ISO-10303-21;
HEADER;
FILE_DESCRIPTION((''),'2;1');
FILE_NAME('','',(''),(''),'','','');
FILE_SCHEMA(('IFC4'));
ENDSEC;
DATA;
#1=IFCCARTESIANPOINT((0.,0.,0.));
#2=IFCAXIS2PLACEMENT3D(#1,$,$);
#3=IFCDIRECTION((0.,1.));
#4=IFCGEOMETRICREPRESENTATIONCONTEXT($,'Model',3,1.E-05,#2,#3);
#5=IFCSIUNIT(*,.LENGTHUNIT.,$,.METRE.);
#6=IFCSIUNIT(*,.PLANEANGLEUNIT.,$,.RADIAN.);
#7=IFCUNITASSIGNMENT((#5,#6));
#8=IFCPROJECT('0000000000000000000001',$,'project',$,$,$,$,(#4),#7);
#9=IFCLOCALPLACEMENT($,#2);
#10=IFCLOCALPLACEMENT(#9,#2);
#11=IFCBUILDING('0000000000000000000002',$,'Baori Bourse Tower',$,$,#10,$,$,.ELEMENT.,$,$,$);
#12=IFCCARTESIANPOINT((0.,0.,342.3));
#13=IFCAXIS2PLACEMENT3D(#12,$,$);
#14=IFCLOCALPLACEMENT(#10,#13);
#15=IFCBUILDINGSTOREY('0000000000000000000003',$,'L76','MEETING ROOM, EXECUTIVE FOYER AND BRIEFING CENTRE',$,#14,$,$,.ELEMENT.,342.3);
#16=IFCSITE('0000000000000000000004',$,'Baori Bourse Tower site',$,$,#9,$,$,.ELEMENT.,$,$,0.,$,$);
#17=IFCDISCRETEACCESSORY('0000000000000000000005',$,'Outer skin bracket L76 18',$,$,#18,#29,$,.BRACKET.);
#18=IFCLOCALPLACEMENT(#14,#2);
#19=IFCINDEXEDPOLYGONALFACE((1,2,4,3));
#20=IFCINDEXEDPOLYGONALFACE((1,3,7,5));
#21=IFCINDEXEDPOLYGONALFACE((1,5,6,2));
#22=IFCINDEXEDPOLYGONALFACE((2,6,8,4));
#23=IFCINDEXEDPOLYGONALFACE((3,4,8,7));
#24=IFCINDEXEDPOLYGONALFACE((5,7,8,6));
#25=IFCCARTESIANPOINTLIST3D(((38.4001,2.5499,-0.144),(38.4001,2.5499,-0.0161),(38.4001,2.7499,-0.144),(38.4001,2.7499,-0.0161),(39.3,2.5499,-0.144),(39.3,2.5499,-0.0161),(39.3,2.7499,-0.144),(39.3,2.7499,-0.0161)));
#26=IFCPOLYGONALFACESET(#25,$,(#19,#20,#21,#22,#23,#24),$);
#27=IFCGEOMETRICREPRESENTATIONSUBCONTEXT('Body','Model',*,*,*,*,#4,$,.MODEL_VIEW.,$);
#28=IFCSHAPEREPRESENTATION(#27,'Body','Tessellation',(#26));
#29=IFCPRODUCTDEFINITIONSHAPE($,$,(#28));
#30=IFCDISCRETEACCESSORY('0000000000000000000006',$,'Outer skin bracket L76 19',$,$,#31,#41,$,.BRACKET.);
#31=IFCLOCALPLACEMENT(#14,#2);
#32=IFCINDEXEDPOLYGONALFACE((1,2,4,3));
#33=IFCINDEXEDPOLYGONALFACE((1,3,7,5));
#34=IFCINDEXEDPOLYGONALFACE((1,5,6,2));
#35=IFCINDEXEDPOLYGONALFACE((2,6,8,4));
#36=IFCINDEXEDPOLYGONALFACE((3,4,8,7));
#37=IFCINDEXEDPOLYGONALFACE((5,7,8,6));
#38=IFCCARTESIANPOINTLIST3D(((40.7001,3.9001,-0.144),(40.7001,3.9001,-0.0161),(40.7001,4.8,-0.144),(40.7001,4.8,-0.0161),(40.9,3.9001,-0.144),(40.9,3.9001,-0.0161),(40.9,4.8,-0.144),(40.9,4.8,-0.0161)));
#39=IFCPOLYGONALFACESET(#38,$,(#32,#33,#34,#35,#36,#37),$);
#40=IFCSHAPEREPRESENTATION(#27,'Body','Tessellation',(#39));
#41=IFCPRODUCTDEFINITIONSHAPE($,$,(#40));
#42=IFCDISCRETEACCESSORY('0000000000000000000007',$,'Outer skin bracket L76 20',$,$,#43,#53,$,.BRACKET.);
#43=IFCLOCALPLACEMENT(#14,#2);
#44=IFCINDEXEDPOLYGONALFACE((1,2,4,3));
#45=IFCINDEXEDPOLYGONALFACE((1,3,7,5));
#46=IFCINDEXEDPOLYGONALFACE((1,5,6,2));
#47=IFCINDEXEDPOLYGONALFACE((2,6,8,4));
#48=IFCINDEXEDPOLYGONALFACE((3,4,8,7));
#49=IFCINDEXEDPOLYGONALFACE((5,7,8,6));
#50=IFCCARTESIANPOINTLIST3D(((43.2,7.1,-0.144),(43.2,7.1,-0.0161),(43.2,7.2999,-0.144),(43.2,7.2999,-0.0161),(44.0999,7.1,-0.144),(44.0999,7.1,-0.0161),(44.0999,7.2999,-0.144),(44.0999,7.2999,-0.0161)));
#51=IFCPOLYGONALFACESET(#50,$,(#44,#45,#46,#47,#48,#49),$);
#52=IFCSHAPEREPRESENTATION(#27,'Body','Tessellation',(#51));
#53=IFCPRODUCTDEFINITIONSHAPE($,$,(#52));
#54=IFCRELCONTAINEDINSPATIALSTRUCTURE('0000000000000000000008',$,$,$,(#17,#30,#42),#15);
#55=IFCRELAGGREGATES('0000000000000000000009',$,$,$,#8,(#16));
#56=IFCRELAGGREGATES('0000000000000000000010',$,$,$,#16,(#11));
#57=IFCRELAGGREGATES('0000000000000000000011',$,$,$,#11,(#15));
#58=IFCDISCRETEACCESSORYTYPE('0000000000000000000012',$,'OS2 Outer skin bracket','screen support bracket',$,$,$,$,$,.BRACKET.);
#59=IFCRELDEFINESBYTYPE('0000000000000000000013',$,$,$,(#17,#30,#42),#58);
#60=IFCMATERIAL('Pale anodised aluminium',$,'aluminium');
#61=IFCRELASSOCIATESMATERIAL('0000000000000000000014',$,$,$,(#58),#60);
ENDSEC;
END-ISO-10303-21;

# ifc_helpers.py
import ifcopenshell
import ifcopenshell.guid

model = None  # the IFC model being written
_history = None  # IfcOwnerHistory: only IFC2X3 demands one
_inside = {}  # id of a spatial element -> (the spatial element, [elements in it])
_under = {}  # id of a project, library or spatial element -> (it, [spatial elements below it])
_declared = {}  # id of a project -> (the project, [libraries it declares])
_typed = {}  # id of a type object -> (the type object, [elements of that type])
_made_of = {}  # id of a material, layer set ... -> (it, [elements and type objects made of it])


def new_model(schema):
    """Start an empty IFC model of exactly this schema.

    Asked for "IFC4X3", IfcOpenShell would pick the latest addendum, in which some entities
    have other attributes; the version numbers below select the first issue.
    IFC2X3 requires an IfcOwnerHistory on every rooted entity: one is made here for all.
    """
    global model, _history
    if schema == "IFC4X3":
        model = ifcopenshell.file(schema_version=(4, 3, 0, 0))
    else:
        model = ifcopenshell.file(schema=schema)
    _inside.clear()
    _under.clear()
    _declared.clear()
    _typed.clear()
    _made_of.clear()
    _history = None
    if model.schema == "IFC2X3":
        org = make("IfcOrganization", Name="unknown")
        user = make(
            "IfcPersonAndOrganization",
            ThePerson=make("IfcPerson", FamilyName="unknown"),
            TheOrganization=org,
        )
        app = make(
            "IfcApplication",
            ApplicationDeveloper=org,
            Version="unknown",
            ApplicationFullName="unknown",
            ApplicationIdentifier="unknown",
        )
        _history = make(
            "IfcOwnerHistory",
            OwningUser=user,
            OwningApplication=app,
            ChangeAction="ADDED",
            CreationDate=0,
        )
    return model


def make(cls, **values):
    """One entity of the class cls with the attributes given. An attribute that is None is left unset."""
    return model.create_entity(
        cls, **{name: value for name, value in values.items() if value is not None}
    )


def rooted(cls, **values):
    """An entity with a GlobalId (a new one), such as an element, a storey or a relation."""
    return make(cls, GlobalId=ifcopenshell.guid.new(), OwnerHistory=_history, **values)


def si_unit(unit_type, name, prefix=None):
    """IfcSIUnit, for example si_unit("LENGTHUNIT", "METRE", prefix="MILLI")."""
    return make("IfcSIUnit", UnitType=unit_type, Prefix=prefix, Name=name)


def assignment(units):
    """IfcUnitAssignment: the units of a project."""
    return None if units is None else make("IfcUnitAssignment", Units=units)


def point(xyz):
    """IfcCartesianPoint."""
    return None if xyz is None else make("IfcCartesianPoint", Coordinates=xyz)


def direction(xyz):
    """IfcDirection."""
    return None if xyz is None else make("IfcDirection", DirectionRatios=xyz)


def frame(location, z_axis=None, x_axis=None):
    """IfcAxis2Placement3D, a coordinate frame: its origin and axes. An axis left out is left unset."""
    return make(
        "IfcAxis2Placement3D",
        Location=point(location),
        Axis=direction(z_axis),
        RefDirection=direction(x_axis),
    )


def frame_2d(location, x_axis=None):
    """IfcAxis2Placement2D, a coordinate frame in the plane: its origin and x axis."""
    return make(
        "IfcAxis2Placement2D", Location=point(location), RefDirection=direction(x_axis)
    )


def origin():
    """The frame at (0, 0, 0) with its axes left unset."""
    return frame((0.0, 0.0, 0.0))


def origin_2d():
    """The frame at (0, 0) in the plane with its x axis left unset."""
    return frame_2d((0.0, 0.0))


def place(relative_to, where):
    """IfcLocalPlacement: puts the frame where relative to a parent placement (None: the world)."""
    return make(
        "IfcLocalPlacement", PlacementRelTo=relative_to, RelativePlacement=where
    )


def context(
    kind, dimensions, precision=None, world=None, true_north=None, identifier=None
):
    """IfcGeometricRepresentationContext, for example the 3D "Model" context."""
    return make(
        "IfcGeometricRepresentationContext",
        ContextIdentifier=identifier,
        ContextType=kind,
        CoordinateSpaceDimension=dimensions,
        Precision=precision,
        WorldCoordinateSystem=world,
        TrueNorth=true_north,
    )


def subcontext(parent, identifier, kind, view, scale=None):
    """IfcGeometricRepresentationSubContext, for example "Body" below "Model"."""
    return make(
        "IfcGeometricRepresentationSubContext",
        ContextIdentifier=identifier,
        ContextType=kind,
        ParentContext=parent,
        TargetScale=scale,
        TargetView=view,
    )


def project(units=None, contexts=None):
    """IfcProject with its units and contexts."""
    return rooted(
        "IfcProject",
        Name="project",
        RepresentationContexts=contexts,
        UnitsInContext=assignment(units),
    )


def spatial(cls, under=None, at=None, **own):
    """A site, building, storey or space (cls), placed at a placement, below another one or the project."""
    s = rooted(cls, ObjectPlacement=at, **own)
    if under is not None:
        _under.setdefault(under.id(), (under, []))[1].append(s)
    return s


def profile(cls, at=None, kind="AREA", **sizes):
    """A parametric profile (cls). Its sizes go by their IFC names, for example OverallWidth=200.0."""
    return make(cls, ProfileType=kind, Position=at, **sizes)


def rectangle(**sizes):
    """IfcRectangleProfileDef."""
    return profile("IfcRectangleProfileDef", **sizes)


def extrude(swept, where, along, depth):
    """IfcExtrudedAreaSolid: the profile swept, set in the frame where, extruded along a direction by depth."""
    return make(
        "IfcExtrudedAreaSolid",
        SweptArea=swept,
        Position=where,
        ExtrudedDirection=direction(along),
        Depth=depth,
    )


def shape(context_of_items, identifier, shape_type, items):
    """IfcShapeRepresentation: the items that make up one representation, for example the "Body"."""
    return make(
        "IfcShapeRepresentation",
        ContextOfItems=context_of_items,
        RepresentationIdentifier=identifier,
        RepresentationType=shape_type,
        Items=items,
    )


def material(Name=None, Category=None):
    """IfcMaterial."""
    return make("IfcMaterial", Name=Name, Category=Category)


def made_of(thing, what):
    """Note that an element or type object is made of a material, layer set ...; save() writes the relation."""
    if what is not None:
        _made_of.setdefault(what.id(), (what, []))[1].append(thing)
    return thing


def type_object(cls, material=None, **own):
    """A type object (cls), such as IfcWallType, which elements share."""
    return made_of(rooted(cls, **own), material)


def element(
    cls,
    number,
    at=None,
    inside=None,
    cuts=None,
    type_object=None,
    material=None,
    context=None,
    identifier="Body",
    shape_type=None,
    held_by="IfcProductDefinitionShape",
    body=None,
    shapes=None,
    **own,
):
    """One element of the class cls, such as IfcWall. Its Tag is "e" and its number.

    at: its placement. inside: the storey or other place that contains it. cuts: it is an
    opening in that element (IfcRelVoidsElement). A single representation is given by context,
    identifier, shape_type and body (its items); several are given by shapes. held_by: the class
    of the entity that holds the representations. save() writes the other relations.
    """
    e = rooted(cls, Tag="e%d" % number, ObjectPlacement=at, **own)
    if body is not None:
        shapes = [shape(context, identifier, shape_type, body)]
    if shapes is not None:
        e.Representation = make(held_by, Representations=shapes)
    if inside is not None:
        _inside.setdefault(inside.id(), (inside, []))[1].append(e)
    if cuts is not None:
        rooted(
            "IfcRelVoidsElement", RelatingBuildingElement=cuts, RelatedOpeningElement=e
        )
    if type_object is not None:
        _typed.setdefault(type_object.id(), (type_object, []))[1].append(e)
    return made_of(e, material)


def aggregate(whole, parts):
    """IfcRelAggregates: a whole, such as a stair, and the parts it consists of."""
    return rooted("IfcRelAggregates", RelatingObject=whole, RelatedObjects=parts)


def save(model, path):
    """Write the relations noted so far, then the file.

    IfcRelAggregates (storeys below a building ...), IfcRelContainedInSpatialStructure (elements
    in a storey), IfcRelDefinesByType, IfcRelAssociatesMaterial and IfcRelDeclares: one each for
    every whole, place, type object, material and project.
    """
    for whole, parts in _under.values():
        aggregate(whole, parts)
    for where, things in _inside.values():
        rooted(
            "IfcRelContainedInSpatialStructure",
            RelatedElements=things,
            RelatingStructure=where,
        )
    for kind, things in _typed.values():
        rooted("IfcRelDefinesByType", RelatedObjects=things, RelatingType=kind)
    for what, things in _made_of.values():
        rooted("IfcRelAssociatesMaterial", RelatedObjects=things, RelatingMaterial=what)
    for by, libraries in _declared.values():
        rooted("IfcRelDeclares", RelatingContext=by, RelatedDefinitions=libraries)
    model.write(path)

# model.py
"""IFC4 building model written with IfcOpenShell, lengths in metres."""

from ifc_helpers import new_model, si_unit, direction, frame, origin, origin_2d, place, context, subcontext, project, spatial, rectangle, extrude, material, type_object, element, save


model = new_model("IFC4")

# Units and contexts
model_context = context("Model", 3, precision=1e-05, world=origin(), true_north=direction((0.0, 1.0)))
body_context = subcontext(model_context, "Body", "Model", "MODEL_VIEW")
ifc_project = project(units=[si_unit("LENGTHUNIT", "METRE"), si_unit("PLANEANGLEUNIT", "RADIAN")], contexts=[model_context])

# Site, building, storey
site_placement = place(None, origin())
site = spatial("IfcSite", under=ifc_project, at=site_placement, Name="Baori Bourse Tower site", CompositionType="ELEMENT", RefElevation=0.0)
building_placement = place(site_placement, origin())
building = spatial("IfcBuilding", under=site, at=building_placement, Name="Baori Bourse Tower", CompositionType="ELEMENT")
storey_placement = place(building_placement, frame((0.0, 0.0, 342.3)))
storey = spatial("IfcBuildingStorey", under=building, at=storey_placement, Name="L76", Description="MEETING ROOM, EXECUTIVE FOYER AND BRIEFING CENTRE", CompositionType="ELEMENT", Elevation=342.3)

# Discrete accessories
ifc_material_1 = material(Name="Pale anodised aluminium", Category="aluminium")
discrete_accessory_type = type_object("IfcDiscreteAccessoryType", Name="OS2 Outer skin bracket", Description="screen support bracket", PredefinedType="BRACKET", material=ifc_material_1)
for number, where, z_axis, x_axis, name in (
    (1, (38.8501, 2.6499, -0.144), (0.0, 0.0, 1.0), (0.0, 1.0, 0.0), "Outer skin bracket L76 18"),
    (2, (40.8, 4.3501, -0.144), (0.0, 0.0, 1.0), (1.0, 0.0, 0.0), "Outer skin bracket L76 19"),
    (3, (43.6499, 7.2, -0.144), (0.0, 0.0, 1.0), (0.0, 1.0, 0.0), "Outer skin bracket L76 20"),
):
    element("IfcDiscreteAccessory", number, at=place(storey_placement, frame(where, z_axis=z_axis, x_axis=x_axis)), inside=storey, type_object=discrete_accessory_type, Name=name, PredefinedType="BRACKET", context=body_context, shape_type="SweptSolid", body=[
        extrude(rectangle(XDim=0.2, YDim=0.8999, at=origin_2d()), origin(), (0.0, 0.0, 1.0), 0.1279),
    ])

save(model, "model.ifc")
